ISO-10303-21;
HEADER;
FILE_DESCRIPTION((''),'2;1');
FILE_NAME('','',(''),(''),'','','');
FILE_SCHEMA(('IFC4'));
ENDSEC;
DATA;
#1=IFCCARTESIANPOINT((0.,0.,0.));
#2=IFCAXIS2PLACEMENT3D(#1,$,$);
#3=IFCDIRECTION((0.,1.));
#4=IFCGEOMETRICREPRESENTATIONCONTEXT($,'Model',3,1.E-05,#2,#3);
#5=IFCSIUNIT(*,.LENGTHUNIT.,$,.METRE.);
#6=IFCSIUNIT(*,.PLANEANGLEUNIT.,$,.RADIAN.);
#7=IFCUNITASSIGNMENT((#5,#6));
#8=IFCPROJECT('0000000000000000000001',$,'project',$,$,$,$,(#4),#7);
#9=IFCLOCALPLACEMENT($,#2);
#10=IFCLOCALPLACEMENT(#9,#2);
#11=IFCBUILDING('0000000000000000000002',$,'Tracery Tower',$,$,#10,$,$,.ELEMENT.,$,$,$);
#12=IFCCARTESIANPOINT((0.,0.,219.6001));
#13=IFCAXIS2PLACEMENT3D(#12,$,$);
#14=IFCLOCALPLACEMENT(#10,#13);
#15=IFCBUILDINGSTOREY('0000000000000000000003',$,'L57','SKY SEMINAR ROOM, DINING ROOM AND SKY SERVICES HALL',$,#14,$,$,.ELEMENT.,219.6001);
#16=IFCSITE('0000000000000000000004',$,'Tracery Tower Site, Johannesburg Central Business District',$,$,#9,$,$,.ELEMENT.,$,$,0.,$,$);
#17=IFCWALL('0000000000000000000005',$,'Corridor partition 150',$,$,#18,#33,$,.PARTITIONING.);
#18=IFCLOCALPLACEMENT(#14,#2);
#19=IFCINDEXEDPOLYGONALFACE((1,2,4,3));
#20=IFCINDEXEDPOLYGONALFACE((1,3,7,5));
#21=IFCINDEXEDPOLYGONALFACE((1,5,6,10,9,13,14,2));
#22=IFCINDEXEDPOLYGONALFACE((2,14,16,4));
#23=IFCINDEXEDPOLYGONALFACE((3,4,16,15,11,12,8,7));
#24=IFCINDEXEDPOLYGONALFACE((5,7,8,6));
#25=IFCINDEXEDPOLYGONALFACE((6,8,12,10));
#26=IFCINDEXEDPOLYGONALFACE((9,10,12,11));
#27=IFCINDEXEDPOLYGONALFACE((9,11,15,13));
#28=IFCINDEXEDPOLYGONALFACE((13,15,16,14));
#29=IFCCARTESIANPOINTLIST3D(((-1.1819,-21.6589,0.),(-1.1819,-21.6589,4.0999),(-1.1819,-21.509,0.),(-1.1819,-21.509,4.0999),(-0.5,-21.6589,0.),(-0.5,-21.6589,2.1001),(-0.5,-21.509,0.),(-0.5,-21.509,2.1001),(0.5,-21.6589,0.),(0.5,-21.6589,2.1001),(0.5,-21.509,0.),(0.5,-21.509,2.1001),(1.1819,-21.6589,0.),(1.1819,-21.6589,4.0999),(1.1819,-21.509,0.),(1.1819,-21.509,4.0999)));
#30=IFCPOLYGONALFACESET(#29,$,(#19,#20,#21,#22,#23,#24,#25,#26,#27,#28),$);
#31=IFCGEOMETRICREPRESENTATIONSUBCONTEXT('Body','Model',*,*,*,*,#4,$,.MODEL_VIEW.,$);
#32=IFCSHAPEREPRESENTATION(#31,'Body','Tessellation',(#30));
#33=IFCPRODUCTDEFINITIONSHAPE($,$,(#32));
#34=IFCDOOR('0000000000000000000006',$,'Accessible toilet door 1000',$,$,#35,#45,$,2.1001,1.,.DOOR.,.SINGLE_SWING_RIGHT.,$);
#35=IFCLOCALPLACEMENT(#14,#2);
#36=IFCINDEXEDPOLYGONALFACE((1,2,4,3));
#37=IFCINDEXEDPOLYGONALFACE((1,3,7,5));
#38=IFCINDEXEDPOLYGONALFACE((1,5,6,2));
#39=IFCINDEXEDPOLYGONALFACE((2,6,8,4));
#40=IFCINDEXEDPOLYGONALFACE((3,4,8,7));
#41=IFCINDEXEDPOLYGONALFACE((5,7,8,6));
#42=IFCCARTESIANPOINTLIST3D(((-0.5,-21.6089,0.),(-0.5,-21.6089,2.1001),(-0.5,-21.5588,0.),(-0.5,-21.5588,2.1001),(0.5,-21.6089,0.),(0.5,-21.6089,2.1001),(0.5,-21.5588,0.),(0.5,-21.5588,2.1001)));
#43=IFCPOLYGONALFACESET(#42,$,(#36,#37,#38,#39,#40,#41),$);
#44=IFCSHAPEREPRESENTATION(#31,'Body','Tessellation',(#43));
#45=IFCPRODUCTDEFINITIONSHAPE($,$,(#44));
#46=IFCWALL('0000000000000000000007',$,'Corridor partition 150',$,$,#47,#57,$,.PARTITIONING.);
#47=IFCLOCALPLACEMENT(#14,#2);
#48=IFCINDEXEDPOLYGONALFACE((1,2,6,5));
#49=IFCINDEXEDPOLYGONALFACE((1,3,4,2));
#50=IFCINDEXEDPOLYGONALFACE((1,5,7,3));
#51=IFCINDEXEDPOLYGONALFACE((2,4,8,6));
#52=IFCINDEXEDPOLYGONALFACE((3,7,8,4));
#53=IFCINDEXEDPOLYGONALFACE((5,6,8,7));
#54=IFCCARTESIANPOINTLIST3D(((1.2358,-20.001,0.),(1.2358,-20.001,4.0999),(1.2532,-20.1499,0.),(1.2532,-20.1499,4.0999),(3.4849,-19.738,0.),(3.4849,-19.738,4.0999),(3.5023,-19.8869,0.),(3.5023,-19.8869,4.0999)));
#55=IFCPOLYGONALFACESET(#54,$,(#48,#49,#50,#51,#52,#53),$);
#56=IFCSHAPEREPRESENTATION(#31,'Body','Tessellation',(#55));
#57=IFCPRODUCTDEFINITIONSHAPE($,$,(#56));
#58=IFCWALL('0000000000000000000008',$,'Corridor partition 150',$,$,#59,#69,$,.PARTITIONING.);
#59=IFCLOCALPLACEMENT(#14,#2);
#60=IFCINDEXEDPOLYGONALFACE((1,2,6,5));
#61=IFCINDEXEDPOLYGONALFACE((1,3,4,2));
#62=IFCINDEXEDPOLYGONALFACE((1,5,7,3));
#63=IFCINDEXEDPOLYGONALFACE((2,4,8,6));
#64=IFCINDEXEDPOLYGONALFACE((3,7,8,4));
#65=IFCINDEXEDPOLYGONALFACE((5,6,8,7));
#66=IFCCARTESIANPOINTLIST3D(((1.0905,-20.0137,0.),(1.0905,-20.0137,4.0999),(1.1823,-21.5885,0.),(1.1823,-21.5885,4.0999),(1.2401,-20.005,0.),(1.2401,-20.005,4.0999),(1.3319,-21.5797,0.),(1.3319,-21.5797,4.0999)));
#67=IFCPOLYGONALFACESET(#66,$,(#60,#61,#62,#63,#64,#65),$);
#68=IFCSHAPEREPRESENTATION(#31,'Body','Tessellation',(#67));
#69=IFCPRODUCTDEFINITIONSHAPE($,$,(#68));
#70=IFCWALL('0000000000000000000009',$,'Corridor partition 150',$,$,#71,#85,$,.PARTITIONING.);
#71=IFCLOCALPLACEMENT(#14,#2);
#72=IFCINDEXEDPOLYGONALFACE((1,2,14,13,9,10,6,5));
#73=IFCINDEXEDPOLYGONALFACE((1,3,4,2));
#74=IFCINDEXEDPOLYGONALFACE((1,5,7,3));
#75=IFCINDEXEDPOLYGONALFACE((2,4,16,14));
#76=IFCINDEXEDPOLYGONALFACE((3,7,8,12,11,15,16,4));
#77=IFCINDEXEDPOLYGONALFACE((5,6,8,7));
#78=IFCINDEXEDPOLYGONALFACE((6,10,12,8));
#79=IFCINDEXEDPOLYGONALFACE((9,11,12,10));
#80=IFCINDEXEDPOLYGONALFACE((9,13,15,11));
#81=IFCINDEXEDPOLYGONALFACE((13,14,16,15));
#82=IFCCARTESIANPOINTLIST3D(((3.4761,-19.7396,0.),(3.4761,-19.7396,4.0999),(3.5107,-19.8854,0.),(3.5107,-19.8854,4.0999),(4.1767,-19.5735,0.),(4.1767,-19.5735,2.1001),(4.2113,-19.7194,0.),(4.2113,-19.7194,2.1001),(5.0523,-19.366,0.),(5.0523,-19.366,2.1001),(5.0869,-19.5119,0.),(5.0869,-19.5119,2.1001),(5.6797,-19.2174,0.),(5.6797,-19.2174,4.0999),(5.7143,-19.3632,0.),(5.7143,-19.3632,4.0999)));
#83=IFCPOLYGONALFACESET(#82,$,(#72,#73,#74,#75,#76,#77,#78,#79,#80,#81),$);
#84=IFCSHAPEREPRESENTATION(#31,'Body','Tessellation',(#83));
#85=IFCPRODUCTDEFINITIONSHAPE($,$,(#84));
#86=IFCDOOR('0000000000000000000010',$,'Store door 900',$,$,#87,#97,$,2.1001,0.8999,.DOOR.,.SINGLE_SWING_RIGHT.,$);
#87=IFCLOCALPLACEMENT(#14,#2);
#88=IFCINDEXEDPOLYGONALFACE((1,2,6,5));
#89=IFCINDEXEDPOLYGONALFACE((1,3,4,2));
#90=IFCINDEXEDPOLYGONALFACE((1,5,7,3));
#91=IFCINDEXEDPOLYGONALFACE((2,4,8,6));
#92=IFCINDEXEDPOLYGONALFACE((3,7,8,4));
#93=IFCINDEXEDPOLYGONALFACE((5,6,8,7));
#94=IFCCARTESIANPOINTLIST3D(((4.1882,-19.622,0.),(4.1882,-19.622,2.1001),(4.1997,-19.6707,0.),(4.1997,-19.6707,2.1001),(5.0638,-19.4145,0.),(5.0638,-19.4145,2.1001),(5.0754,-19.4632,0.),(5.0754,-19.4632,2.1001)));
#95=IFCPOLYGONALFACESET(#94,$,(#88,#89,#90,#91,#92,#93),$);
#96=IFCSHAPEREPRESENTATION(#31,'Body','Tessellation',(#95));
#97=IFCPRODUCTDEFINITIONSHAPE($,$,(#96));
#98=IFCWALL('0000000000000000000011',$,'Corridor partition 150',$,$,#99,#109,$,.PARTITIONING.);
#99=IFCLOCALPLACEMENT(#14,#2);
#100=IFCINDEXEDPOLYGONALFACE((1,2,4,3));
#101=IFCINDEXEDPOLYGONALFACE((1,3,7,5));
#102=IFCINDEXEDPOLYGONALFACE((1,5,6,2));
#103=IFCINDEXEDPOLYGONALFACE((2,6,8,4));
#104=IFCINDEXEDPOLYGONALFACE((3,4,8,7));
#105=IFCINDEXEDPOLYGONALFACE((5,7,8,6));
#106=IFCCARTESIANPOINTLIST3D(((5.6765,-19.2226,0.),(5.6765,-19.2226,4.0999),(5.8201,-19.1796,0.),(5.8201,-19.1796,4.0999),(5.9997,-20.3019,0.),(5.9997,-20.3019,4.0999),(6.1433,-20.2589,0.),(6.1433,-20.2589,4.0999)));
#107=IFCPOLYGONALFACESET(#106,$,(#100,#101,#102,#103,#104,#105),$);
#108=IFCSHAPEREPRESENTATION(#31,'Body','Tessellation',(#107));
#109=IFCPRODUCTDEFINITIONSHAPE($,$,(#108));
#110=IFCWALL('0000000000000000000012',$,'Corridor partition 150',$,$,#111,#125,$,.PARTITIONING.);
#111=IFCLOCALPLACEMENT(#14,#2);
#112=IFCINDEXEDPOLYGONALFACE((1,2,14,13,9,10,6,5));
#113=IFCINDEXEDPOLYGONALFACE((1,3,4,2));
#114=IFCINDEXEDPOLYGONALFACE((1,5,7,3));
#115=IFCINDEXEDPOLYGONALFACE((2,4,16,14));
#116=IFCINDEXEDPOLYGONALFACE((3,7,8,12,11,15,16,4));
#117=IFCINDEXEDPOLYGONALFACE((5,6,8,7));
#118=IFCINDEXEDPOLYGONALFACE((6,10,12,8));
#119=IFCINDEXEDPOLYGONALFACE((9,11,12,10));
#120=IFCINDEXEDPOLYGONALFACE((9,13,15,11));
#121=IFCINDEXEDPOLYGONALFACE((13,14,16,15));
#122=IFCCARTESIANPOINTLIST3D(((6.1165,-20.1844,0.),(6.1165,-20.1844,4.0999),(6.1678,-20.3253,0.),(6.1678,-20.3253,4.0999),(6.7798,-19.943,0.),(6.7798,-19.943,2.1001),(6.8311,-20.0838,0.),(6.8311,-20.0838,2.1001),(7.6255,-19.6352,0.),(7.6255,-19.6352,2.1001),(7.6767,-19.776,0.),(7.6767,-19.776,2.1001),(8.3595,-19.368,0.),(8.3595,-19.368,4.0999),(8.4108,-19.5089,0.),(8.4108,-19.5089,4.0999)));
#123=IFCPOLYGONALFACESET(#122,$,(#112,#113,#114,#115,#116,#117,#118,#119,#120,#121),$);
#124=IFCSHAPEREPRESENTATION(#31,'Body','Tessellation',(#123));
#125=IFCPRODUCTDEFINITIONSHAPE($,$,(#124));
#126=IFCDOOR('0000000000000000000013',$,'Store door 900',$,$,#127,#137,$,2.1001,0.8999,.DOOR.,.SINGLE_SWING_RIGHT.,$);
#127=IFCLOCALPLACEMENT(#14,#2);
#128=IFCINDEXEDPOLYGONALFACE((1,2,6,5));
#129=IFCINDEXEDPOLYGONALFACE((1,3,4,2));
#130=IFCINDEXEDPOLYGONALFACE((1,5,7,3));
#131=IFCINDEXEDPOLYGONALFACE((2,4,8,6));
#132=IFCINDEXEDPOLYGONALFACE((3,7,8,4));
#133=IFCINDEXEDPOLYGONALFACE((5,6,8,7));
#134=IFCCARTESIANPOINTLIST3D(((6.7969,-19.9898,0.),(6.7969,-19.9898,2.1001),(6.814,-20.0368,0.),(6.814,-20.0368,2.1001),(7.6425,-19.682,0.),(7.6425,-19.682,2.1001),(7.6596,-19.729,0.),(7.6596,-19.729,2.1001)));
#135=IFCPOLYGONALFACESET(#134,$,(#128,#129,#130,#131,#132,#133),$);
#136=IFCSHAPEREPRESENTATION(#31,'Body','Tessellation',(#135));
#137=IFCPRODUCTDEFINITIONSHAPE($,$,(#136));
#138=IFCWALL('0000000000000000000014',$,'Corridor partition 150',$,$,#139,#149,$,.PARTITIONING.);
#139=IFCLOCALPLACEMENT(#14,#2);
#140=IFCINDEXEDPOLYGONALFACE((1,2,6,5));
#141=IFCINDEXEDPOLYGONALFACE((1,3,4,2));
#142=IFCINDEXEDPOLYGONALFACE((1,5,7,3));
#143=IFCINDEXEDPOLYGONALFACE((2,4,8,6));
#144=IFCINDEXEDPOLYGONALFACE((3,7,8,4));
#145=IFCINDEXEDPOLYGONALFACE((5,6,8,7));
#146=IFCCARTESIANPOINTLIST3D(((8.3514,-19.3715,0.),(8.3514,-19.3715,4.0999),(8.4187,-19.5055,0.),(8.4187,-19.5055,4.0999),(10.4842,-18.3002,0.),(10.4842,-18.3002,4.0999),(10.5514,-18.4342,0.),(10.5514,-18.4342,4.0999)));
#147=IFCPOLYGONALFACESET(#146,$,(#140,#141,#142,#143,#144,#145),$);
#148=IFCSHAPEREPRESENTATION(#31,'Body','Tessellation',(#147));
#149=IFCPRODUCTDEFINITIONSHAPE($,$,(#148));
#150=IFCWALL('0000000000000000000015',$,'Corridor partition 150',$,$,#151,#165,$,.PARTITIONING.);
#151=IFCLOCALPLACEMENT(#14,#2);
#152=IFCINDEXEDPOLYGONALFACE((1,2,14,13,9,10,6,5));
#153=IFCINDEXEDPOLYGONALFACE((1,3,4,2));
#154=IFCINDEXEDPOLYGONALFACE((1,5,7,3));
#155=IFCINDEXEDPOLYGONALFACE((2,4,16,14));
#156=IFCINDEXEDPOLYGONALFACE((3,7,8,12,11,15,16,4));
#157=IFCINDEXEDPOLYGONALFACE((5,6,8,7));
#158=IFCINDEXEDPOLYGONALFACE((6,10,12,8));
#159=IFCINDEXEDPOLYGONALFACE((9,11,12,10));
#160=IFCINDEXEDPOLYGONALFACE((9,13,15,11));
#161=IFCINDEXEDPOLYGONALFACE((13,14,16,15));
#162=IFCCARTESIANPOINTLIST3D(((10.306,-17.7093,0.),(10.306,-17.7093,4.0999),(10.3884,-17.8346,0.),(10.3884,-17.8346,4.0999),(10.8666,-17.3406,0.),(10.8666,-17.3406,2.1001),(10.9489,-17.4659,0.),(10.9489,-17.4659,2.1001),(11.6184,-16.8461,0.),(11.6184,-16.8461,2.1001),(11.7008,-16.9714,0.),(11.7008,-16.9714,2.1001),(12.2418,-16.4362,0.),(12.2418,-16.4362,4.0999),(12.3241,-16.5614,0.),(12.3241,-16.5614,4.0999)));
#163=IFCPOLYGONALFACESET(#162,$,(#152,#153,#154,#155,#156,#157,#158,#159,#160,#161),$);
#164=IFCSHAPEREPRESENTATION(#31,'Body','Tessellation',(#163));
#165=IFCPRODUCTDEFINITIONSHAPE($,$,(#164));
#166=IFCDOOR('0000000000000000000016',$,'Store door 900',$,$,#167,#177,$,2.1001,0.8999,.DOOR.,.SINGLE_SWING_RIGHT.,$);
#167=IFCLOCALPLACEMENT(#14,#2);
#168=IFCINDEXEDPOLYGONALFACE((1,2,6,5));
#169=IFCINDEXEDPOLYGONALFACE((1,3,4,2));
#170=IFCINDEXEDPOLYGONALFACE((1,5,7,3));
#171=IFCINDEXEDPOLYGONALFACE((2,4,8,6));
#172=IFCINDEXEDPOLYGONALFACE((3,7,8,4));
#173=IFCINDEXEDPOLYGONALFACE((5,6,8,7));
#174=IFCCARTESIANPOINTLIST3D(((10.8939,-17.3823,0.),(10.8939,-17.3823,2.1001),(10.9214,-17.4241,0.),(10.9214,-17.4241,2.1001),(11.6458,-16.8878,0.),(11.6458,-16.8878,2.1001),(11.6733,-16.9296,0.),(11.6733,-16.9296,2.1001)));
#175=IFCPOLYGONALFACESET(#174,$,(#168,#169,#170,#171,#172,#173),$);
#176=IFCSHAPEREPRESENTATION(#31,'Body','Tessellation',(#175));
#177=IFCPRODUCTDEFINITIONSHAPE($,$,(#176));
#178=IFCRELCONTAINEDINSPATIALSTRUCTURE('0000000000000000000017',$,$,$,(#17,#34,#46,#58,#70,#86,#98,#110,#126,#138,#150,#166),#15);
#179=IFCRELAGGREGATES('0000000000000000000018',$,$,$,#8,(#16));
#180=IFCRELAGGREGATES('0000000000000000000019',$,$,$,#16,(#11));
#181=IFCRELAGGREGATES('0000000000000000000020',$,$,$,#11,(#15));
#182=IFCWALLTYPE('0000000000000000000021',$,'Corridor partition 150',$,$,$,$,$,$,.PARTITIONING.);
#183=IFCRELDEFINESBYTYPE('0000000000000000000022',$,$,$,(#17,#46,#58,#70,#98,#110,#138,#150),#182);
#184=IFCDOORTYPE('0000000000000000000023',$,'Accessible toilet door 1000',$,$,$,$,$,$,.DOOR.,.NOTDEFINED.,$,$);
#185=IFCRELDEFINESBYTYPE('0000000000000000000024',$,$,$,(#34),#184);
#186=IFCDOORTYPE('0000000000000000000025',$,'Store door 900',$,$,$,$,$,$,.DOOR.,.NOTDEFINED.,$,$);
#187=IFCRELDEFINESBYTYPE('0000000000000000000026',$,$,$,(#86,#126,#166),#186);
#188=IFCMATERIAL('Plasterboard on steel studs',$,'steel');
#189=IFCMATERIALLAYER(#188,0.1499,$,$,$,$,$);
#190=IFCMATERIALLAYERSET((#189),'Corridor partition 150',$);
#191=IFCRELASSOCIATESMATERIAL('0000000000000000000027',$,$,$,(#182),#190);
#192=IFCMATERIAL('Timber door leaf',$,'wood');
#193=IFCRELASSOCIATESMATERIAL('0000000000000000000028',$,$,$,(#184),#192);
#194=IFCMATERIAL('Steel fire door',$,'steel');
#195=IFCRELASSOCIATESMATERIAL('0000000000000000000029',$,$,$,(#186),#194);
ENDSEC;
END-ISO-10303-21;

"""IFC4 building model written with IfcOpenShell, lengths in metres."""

from ifc_helpers import new_model, si_unit, direction, frame, frame_2d, origin, place, context, subcontext, project, spatial, rectangle, extrude, material, layer, layer_set, type_object, element, fill, save


model = new_model("IFC4")

# Units and contexts
model_context = context("Model", 3, precision=1e-05, world=origin(), true_north=direction((0.0, 1.0)))
body_context = subcontext(model_context, "Body", "Model", "MODEL_VIEW")
ifc_project = project(units=[si_unit("LENGTHUNIT", "METRE"), si_unit("PLANEANGLEUNIT", "RADIAN")], contexts=[model_context])

# Site, building, storey
site_placement = place(None, origin())
site = spatial("IfcSite", under=ifc_project, at=site_placement, Name="Tracery Tower Site, Johannesburg Central Business District", CompositionType="ELEMENT", RefElevation=0.0)
building_placement = place(site_placement, origin())
building = spatial("IfcBuilding", under=site, at=building_placement, Name="Tracery Tower", CompositionType="ELEMENT")
storey_placement = place(building_placement, frame((0.0, 0.0, 219.6001)))
storey = spatial("IfcBuildingStorey", under=building, at=storey_placement, Name="L57", Description="SKY SEMINAR ROOM, DINING ROOM AND SKY SERVICES HALL", CompositionType="ELEMENT", Elevation=219.6001)

# Wall, opening, door
ifc_material_1 = material(Name="Plasterboard on steel studs", Category="steel")
ifc_layer_1 = layer(ifc_material_1, 0.1499)
ifc_layer_set_1 = layer_set([ifc_layer_1], Name="Corridor partition 150")
wall_type_1 = type_object("IfcWallType", Name="Corridor partition 150", PredefinedType="PARTITIONING", material=ifc_layer_set_1)
wall_1_placement = place(storey_placement, frame((1.1819, -21.584, 0.0), z_axis=(0.0, 0.0, 1.0), x_axis=(-1.0, 0.0, 0.0)))
wall_1 = element("IfcWall", 1, at=wall_1_placement, inside=storey, type_object=wall_type_1, Name="Corridor partition 150", PredefinedType="PARTITIONING", context=body_context, shape_type="SweptSolid", body=[
    extrude(rectangle(XDim=2.3638, YDim=0.1499, at=frame_2d((1.1819, 0.0))), origin(), (0.0, 0.0, 1.0), 4.0999),
])
opening_1_placement = place(wall_1_placement, frame((0.6819, 0.0, 0.0)))
opening_1 = element("IfcOpeningElement", 2, at=opening_1_placement, cuts=wall_1, PredefinedType="OPENING", context=body_context, shape_type="SweptSolid", body=[
    extrude(rectangle(XDim=1.0, YDim=2.1001, at=frame_2d((0.5, 1.05))), frame((0.0, 0.075, 0.0), z_axis=(0.0, -1.0, 0.0), x_axis=(1.0, 0.0, 0.0)), (0.0, 0.0, 1.0), 0.1499),
])
ifc_material_2 = material(Name="Timber door leaf", Category="wood")
door_type_1 = type_object("IfcDoorType", Name="Accessible toilet door 1000", OperationType="NOTDEFINED", PredefinedType="DOOR", material=ifc_material_2)
door_1_placement = place(opening_1_placement, origin())
door_1 = element("IfcDoor", 3, at=door_1_placement, inside=storey, type_object=door_type_1, Name="Accessible toilet door 1000", OperationType="SINGLE_SWING_RIGHT", OverallHeight=2.1001, OverallWidth=1.0, PredefinedType="DOOR", context=body_context, shape_type="SweptSolid", body=[
    extrude(rectangle(XDim=1.0, YDim=2.1001, at=frame_2d((0.5, 1.05))), frame((0.0, 0.0249, 0.0), z_axis=(0.0, -1.0, 0.0), x_axis=(1.0, 0.0, 0.0)), (0.0, 0.0, 1.0), 0.05),
])
fill(opening_1, door_1)

# Walls
wall_2_placement = place(storey_placement, frame((1.2444, -20.0754, 0.0), z_axis=(0.0, 0.0, 1.0), x_axis=(0.993235, 0.116122, 0.0)))
element("IfcWall", 4, at=wall_2_placement, inside=storey, type_object=wall_type_1, Name="Corridor partition 150", PredefinedType="PARTITIONING", context=body_context, shape_type="SweptSolid", body=[
    extrude(rectangle(XDim=2.2644, YDim=0.1499, at=frame_2d((1.1323, 0.0))), origin(), (0.0, 0.0, 1.0), 4.0999),
])
wall_3_placement = place(storey_placement, frame((1.2571, -21.584, 0.0), z_axis=(0.0, 0.0, 1.0), x_axis=(-0.058196, 0.998305, 0.0)))
element("IfcWall", 5, at=wall_3_placement, inside=storey, type_object=wall_type_1, Name="Corridor partition 150", PredefinedType="PARTITIONING", context=body_context, shape_type="SweptSolid", body=[
    extrude(rectangle(XDim=1.5774, YDim=0.1499, at=frame_2d((0.7886, 0.0))), origin(), (0.0, 0.0, 1.0), 4.0999),
])

# Wall, opening, door
wall_4_placement = place(storey_placement, frame((5.697, -19.2903, 0.0), z_axis=(0.0, 0.0, 1.0), x_axis=(-0.97305, -0.230595, 0.0)))
wall_4 = element("IfcWall", 6, at=wall_4_placement, inside=storey, type_object=wall_type_1, Name="Corridor partition 150", PredefinedType="PARTITIONING", context=body_context, shape_type="SweptSolid", body=[
    extrude(rectangle(XDim=2.2646, YDim=0.1499, at=frame_2d((1.1323, 0.0))), origin(), (0.0, 0.0, 1.0), 4.0999),
])
opening_2_placement = place(wall_4_placement, frame((0.6448, 0.0, 0.0)))
opening_2 = element("IfcOpeningElement", 7, at=opening_2_placement, cuts=wall_4, PredefinedType="OPENING", context=body_context, shape_type="SweptSolid", body=[
    extrude(rectangle(XDim=0.8999, YDim=2.1001, at=frame_2d((0.45, 1.05))), frame((0.0, 0.075, 0.0), z_axis=(0.0, -1.0, 0.0), x_axis=(1.0, 0.0, 0.0)), (0.0, 0.0, 1.0), 0.1499),
])
ifc_material_3 = material(Name="Steel fire door", Category="steel")
door_type_2 = type_object("IfcDoorType", Name="Store door 900", OperationType="NOTDEFINED", PredefinedType="DOOR", material=ifc_material_3)
door_2_placement = place(opening_2_placement, origin())
door_2 = element("IfcDoor", 8, at=door_2_placement, inside=storey, type_object=door_type_2, Name="Store door 900", OperationType="SINGLE_SWING_RIGHT", OverallHeight=2.1001, OverallWidth=0.8999, PredefinedType="DOOR", context=body_context, shape_type="SweptSolid", body=[
    extrude(rectangle(XDim=0.8999, YDim=2.1001, at=frame_2d((0.45, 1.05))), frame((0.0, 0.0249, 0.0), z_axis=(0.0, -1.0, 0.0), x_axis=(1.0, 0.0, 0.0)), (0.0, 0.0, 1.0), 0.05),
])
fill(opening_2, door_2)

# Wall
wall_5_placement = place(storey_placement, frame((6.0715, -20.2805, 0.0), z_axis=(0.0, 0.0, 1.0), x_axis=(-0.286891, 0.957963, 0.0)))
element("IfcWall", 9, at=wall_5_placement, inside=storey, type_object=wall_type_1, Name="Corridor partition 150", PredefinedType="PARTITIONING", context=body_context, shape_type="SweptSolid", body=[
    extrude(rectangle(XDim=1.1267, YDim=0.1499, at=frame_2d((0.5635, 0.0))), origin(), (0.0, 0.0, 1.0), 4.0999),
])

# Wall, opening, door
wall_6_placement = place(storey_placement, frame((8.385, -19.4385, 0.0), z_axis=(0.0, 0.0, 1.0), x_axis=(-0.939686, -0.342039, 0.0)))
wall_6 = element("IfcWall", 10, at=wall_6_placement, inside=storey, type_object=wall_type_1, Name="Corridor partition 150", PredefinedType="PARTITIONING", context=body_context, shape_type="SweptSolid", body=[
    extrude(rectangle(XDim=2.387, YDim=0.1499, at=frame_2d((1.1934, 0.0))), origin(), (0.0, 0.0, 1.0), 4.0999),
])
opening_3_placement = place(wall_6_placement, frame((0.781, 0.0, 0.0)))
opening_3 = element("IfcOpeningElement", 11, at=opening_3_placement, cuts=wall_6, PredefinedType="OPENING", context=body_context, shape_type="SweptSolid", body=[
    extrude(rectangle(XDim=0.8999, YDim=2.1001, at=frame_2d((0.45, 1.05))), frame((0.0, 0.075, 0.0), z_axis=(0.0, -1.0, 0.0), x_axis=(1.0, 0.0, 0.0)), (0.0, 0.0, 1.0), 0.1499),
])
door_3_placement = place(opening_3_placement, origin())
door_3 = element("IfcDoor", 12, at=door_3_placement, inside=storey, type_object=door_type_2, Name="Store door 900", OperationType="SINGLE_SWING_RIGHT", OverallHeight=2.1001, OverallWidth=0.8999, PredefinedType="DOOR", context=body_context, shape_type="SweptSolid", body=[
    extrude(rectangle(XDim=0.8999, YDim=2.1001, at=frame_2d((0.45, 1.05))), frame((0.0, 0.0249, 0.0), z_axis=(0.0, -1.0, 0.0), x_axis=(1.0, 0.0, 0.0)), (0.0, 0.0, 1.0), 0.05),
])
fill(opening_3, door_3)

# Wall
wall_7_placement = place(storey_placement, frame((8.385, -19.4385, 0.0), z_axis=(0.0, 0.0, 1.0), x_axis=(0.893607, 0.448849, 0.0)))
element("IfcWall", 13, at=wall_7_placement, inside=storey, type_object=wall_type_1, Name="Corridor partition 150", PredefinedType="PARTITIONING", context=body_context, shape_type="SweptSolid", body=[
    extrude(rectangle(XDim=2.3867, YDim=0.1499, at=frame_2d((1.1934, 0.0))), origin(), (0.0, 0.0, 1.0), 4.0999),
])

# Wall, opening, door
wall_8_placement = place(storey_placement, frame((12.283, -16.4988, 0.0), z_axis=(0.0, 0.0, 1.0), x_axis=(-0.835487, -0.54951, 0.0)))
wall_8 = element("IfcWall", 14, at=wall_8_placement, inside=storey, type_object=wall_type_1, Name="Corridor partition 150", PredefinedType="PARTITIONING", context=body_context, shape_type="SweptSolid", body=[
    extrude(rectangle(XDim=2.3169, YDim=0.1499, at=frame_2d((1.1584, 0.0))), origin(), (0.0, 0.0, 1.0), 4.0999),
])
opening_4_placement = place(wall_8_placement, frame((0.7461, 0.0, 0.0)))
opening_4 = element("IfcOpeningElement", 15, at=opening_4_placement, cuts=wall_8, PredefinedType="OPENING", context=body_context, shape_type="SweptSolid", body=[
    extrude(rectangle(XDim=0.8999, YDim=2.1001, at=frame_2d((0.45, 1.05))), frame((0.0, 0.075, 0.0), z_axis=(0.0, -1.0, 0.0), x_axis=(1.0, 0.0, 0.0)), (0.0, 0.0, 1.0), 0.1499),
])
door_4_placement = place(opening_4_placement, origin())
door_4 = element("IfcDoor", 16, at=door_4_placement, inside=storey, type_object=door_type_2, Name="Store door 900", OperationType="SINGLE_SWING_RIGHT", OverallHeight=2.1001, OverallWidth=0.8999, PredefinedType="DOOR", context=body_context, shape_type="SweptSolid", body=[
    extrude(rectangle(XDim=0.8999, YDim=2.1001, at=frame_2d((0.45, 1.05))), frame((0.0, 0.0249, 0.0), z_axis=(0.0, -1.0, 0.0), x_axis=(1.0, 0.0, 0.0)), (0.0, 0.0, 1.0), 0.05),
])
fill(opening_4, door_4)

save(model, "model.ifc")
